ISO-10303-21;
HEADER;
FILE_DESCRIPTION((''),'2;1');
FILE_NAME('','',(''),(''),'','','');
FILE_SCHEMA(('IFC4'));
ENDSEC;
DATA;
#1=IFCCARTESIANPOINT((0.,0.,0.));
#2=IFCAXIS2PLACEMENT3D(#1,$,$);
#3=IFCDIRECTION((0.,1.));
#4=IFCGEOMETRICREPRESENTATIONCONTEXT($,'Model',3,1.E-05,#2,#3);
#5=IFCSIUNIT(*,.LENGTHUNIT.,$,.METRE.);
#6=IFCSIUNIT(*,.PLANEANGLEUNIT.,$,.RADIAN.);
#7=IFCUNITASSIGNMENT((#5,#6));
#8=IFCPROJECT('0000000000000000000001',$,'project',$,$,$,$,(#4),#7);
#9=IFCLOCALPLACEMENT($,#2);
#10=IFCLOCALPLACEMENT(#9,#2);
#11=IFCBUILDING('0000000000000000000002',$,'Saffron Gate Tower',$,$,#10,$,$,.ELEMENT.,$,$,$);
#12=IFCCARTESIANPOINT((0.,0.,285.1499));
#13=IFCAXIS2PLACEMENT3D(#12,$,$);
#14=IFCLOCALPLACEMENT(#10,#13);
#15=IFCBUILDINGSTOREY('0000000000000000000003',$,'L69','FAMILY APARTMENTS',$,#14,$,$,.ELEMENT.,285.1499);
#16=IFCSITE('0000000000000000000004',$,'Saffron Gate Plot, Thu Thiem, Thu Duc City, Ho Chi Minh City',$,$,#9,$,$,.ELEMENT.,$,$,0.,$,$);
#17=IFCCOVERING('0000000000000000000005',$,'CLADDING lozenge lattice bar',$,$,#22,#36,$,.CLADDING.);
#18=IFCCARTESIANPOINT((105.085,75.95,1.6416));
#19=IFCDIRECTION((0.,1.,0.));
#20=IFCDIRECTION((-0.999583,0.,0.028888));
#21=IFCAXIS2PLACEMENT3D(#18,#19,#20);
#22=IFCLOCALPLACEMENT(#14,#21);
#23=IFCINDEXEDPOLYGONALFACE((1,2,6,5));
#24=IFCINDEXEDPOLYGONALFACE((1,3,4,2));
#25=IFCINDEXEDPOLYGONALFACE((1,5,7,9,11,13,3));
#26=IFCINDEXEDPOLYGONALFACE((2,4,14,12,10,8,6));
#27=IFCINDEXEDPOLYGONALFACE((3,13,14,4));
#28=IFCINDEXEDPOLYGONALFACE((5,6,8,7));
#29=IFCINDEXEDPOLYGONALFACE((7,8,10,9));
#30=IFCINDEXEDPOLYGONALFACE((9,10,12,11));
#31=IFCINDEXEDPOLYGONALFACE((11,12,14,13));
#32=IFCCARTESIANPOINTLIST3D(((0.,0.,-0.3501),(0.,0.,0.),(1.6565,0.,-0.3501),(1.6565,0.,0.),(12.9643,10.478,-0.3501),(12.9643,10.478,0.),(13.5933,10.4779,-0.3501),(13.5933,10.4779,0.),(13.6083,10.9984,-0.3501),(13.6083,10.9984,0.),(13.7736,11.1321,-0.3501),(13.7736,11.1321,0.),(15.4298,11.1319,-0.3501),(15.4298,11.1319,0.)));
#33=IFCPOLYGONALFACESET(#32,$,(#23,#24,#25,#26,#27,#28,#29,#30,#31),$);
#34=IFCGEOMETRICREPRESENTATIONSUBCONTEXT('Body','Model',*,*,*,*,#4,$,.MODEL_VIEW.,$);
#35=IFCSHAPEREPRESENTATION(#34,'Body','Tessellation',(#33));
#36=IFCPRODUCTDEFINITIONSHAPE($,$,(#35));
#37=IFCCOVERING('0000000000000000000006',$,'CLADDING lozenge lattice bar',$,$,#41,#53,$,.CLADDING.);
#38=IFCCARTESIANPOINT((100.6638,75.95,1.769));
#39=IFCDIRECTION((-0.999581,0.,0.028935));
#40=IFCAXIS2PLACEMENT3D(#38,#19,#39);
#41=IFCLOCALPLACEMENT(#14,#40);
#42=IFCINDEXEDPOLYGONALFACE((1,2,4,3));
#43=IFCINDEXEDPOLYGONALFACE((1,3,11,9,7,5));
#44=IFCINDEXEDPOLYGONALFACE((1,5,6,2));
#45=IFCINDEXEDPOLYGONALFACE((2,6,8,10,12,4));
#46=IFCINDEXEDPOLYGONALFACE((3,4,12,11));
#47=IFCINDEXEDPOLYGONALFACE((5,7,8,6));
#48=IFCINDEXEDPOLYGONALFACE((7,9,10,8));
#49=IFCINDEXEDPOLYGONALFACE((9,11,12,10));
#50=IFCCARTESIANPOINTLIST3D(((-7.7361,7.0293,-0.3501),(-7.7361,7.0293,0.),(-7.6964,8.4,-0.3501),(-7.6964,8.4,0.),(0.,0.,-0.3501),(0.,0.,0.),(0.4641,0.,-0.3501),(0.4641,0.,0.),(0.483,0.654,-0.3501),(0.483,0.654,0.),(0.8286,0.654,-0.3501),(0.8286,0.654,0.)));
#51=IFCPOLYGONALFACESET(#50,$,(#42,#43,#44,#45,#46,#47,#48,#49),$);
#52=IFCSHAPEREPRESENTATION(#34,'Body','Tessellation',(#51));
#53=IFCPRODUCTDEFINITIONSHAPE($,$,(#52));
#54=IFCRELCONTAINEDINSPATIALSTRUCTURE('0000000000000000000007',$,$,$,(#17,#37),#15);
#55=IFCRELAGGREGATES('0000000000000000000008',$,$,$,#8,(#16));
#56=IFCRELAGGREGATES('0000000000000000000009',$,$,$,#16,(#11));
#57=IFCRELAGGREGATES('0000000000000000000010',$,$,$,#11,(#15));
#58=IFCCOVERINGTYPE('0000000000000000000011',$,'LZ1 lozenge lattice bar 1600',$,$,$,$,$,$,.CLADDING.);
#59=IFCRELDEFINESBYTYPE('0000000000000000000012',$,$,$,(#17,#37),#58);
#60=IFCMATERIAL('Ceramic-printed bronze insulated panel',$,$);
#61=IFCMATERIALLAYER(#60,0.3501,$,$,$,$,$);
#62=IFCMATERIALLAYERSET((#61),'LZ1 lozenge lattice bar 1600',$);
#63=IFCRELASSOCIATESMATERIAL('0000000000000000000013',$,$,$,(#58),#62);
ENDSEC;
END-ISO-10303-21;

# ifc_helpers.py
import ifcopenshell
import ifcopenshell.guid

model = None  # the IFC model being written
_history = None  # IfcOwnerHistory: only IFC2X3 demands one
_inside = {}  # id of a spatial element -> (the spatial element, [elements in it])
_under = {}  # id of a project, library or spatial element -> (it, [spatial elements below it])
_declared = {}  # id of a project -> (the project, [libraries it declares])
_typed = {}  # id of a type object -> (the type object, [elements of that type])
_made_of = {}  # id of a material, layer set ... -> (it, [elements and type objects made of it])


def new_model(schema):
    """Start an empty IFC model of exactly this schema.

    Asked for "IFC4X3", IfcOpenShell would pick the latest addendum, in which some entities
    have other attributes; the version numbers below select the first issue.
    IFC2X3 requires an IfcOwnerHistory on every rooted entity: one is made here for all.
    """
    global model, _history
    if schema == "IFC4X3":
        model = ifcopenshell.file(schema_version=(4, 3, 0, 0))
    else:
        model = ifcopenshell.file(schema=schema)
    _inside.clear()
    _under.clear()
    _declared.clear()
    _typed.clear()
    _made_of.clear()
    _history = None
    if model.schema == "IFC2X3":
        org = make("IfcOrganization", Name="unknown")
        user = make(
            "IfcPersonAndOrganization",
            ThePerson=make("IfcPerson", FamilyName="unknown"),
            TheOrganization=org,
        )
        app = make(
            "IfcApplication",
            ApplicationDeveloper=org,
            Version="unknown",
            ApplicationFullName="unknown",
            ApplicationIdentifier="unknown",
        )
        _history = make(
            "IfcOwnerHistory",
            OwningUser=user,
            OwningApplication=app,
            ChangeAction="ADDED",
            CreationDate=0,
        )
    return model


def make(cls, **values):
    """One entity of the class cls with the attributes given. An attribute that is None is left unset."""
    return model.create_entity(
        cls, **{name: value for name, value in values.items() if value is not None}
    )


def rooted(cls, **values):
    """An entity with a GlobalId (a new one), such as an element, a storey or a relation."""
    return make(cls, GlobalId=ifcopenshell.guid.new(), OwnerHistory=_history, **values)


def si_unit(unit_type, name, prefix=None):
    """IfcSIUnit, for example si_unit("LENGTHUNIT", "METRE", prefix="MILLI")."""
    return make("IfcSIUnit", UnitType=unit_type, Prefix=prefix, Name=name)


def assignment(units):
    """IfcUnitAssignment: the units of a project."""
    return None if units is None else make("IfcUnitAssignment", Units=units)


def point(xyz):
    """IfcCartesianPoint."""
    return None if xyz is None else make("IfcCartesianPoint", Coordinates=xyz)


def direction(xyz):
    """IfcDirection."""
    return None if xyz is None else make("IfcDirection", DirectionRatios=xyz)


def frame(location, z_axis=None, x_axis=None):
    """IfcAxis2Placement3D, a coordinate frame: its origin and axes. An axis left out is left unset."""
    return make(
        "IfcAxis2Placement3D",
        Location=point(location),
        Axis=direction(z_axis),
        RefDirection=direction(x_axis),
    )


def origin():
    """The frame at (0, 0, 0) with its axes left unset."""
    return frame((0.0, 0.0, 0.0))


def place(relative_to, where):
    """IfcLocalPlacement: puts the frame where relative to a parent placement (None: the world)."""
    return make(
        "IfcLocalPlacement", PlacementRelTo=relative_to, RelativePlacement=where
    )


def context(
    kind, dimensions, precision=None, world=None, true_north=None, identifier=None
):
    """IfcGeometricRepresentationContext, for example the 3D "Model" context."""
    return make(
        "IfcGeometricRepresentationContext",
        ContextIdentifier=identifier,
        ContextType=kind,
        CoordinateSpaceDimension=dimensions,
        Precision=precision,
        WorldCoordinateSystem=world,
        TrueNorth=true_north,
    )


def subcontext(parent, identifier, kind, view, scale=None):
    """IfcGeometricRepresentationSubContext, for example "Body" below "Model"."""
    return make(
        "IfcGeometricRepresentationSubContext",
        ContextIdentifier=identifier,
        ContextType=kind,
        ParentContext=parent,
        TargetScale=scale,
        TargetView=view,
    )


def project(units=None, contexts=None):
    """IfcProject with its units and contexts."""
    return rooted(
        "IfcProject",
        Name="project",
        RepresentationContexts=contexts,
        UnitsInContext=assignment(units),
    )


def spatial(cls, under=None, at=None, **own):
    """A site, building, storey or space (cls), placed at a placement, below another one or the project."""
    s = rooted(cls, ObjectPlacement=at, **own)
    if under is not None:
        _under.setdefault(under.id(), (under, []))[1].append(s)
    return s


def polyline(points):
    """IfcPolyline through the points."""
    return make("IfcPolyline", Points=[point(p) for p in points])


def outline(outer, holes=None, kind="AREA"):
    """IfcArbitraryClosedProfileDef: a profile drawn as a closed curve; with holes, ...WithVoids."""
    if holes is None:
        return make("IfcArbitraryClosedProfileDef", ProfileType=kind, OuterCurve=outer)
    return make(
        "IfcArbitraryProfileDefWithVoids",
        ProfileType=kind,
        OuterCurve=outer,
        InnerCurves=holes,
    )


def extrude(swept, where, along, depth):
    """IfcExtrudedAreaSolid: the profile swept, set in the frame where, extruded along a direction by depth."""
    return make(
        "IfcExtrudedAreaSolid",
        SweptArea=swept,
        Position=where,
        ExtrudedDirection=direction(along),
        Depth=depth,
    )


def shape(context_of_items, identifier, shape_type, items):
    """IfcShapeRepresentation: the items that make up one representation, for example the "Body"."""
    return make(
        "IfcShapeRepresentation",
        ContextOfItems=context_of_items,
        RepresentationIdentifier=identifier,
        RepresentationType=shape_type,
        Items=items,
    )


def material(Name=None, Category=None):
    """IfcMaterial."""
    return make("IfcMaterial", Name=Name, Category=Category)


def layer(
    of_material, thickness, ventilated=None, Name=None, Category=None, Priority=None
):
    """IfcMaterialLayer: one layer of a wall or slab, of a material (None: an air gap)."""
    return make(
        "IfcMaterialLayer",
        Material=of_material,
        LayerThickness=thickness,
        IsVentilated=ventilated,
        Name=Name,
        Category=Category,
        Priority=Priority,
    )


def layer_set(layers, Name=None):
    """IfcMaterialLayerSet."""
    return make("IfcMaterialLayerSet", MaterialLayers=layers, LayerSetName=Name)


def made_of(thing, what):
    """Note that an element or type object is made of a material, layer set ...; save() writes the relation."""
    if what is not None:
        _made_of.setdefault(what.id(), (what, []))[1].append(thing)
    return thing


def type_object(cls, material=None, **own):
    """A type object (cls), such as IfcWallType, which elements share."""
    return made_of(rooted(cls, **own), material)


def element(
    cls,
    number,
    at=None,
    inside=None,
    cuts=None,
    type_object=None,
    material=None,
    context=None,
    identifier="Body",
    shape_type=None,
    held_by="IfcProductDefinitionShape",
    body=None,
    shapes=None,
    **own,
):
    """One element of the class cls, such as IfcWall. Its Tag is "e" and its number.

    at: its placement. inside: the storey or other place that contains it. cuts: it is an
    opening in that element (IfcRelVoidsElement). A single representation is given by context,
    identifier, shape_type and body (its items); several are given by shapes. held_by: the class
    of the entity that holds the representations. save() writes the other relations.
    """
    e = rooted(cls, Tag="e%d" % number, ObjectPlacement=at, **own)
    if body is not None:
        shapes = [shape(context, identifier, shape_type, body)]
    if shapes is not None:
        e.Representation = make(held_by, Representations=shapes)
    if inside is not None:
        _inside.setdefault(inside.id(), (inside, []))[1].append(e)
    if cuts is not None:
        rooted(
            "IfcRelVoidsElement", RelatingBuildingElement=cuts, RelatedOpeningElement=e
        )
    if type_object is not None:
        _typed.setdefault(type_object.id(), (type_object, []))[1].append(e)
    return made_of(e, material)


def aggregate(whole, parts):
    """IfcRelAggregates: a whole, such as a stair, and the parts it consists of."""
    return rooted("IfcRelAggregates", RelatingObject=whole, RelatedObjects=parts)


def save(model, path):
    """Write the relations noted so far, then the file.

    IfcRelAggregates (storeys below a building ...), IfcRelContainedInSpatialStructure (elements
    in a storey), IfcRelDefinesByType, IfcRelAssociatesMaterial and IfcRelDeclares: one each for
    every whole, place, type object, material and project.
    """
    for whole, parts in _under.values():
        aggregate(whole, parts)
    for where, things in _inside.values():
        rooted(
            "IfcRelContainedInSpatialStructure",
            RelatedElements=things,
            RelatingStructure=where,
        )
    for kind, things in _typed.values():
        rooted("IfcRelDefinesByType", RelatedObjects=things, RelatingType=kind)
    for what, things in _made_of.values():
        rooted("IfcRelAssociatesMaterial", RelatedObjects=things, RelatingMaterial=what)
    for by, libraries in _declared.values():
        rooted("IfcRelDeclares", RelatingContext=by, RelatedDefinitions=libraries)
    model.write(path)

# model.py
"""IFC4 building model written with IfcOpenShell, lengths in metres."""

from ifc_helpers import new_model, si_unit, direction, frame, origin, place, context, subcontext, project, spatial, polyline, outline, extrude, material, layer, layer_set, type_object, element, save


model = new_model("IFC4")

# Units and contexts
model_context = context("Model", 3, precision=1e-05, world=origin(), true_north=direction((0.0, 1.0)))
body_context = subcontext(model_context, "Body", "Model", "MODEL_VIEW")
ifc_project = project(units=[si_unit("LENGTHUNIT", "METRE"), si_unit("PLANEANGLEUNIT", "RADIAN")], contexts=[model_context])

# Site, building, storey
site_placement = place(None, origin())
site = spatial("IfcSite", under=ifc_project, at=site_placement, Name="Saffron Gate Plot, Thu Thiem, Thu Duc City, Ho Chi Minh City", CompositionType="ELEMENT", RefElevation=0.0)
building_placement = place(site_placement, origin())
building = spatial("IfcBuilding", under=site, at=building_placement, Name="Saffron Gate Tower", CompositionType="ELEMENT")
storey_placement = place(building_placement, frame((0.0, 0.0, 285.1499)))
storey = spatial("IfcBuildingStorey", under=building, at=storey_placement, Name="L69", Description="FAMILY APARTMENTS", CompositionType="ELEMENT", Elevation=285.1499)

# Coverings
ifc_material_1 = material(Name="Ceramic-printed bronze insulated panel")
ifc_layer_1 = layer(ifc_material_1, 0.3501)
ifc_layer_set_1 = layer_set([ifc_layer_1], Name="LZ1 lozenge lattice bar 1600")
covering_type_1 = type_object("IfcCoveringType", Name="LZ1 lozenge lattice bar 1600", PredefinedType="CLADDING", material=ifc_layer_set_1)
covering_1_placement = place(storey_placement, frame((105.085, 75.95, 1.6416), z_axis=(0.0, 1.0, 0.0), x_axis=(-0.999583, 0.0, 0.028888)))
element("IfcCovering", 1, at=covering_1_placement, inside=storey, type_object=covering_type_1, Name="CLADDING lozenge lattice bar", PredefinedType="CLADDING", context=body_context, shape_type="SweptSolid", body=[
    extrude(outline(polyline([(0.0, 0.0), (1.6565, 0.0), (15.4298, 11.1319), (13.7736, 11.1321), (13.6083, 10.9984), (13.5933, 10.4779), (12.9643, 10.478), (0.0, 0.0)])), origin(), (0.0, 0.0, -1.0), 0.3501),
])
covering_2_placement = place(storey_placement, frame((100.6638, 75.95, 1.769), z_axis=(0.0, 1.0, 0.0), x_axis=(-0.999581, 0.0, 0.028935)))
element("IfcCovering", 2, at=covering_2_placement, inside=storey, type_object=covering_type_1, Name="CLADDING lozenge lattice bar", PredefinedType="CLADDING", context=body_context, shape_type="SweptSolid", body=[
    extrude(outline(polyline([(0.0, 0.0), (0.4641, 0.0), (0.483, 0.654), (0.8286, 0.654), (-7.6964, 8.4), (-7.7361, 7.0293), (0.0, 0.0)])), origin(), (0.0, 0.0, -1.0), 0.3501),
])

save(model, "model.ifc")
